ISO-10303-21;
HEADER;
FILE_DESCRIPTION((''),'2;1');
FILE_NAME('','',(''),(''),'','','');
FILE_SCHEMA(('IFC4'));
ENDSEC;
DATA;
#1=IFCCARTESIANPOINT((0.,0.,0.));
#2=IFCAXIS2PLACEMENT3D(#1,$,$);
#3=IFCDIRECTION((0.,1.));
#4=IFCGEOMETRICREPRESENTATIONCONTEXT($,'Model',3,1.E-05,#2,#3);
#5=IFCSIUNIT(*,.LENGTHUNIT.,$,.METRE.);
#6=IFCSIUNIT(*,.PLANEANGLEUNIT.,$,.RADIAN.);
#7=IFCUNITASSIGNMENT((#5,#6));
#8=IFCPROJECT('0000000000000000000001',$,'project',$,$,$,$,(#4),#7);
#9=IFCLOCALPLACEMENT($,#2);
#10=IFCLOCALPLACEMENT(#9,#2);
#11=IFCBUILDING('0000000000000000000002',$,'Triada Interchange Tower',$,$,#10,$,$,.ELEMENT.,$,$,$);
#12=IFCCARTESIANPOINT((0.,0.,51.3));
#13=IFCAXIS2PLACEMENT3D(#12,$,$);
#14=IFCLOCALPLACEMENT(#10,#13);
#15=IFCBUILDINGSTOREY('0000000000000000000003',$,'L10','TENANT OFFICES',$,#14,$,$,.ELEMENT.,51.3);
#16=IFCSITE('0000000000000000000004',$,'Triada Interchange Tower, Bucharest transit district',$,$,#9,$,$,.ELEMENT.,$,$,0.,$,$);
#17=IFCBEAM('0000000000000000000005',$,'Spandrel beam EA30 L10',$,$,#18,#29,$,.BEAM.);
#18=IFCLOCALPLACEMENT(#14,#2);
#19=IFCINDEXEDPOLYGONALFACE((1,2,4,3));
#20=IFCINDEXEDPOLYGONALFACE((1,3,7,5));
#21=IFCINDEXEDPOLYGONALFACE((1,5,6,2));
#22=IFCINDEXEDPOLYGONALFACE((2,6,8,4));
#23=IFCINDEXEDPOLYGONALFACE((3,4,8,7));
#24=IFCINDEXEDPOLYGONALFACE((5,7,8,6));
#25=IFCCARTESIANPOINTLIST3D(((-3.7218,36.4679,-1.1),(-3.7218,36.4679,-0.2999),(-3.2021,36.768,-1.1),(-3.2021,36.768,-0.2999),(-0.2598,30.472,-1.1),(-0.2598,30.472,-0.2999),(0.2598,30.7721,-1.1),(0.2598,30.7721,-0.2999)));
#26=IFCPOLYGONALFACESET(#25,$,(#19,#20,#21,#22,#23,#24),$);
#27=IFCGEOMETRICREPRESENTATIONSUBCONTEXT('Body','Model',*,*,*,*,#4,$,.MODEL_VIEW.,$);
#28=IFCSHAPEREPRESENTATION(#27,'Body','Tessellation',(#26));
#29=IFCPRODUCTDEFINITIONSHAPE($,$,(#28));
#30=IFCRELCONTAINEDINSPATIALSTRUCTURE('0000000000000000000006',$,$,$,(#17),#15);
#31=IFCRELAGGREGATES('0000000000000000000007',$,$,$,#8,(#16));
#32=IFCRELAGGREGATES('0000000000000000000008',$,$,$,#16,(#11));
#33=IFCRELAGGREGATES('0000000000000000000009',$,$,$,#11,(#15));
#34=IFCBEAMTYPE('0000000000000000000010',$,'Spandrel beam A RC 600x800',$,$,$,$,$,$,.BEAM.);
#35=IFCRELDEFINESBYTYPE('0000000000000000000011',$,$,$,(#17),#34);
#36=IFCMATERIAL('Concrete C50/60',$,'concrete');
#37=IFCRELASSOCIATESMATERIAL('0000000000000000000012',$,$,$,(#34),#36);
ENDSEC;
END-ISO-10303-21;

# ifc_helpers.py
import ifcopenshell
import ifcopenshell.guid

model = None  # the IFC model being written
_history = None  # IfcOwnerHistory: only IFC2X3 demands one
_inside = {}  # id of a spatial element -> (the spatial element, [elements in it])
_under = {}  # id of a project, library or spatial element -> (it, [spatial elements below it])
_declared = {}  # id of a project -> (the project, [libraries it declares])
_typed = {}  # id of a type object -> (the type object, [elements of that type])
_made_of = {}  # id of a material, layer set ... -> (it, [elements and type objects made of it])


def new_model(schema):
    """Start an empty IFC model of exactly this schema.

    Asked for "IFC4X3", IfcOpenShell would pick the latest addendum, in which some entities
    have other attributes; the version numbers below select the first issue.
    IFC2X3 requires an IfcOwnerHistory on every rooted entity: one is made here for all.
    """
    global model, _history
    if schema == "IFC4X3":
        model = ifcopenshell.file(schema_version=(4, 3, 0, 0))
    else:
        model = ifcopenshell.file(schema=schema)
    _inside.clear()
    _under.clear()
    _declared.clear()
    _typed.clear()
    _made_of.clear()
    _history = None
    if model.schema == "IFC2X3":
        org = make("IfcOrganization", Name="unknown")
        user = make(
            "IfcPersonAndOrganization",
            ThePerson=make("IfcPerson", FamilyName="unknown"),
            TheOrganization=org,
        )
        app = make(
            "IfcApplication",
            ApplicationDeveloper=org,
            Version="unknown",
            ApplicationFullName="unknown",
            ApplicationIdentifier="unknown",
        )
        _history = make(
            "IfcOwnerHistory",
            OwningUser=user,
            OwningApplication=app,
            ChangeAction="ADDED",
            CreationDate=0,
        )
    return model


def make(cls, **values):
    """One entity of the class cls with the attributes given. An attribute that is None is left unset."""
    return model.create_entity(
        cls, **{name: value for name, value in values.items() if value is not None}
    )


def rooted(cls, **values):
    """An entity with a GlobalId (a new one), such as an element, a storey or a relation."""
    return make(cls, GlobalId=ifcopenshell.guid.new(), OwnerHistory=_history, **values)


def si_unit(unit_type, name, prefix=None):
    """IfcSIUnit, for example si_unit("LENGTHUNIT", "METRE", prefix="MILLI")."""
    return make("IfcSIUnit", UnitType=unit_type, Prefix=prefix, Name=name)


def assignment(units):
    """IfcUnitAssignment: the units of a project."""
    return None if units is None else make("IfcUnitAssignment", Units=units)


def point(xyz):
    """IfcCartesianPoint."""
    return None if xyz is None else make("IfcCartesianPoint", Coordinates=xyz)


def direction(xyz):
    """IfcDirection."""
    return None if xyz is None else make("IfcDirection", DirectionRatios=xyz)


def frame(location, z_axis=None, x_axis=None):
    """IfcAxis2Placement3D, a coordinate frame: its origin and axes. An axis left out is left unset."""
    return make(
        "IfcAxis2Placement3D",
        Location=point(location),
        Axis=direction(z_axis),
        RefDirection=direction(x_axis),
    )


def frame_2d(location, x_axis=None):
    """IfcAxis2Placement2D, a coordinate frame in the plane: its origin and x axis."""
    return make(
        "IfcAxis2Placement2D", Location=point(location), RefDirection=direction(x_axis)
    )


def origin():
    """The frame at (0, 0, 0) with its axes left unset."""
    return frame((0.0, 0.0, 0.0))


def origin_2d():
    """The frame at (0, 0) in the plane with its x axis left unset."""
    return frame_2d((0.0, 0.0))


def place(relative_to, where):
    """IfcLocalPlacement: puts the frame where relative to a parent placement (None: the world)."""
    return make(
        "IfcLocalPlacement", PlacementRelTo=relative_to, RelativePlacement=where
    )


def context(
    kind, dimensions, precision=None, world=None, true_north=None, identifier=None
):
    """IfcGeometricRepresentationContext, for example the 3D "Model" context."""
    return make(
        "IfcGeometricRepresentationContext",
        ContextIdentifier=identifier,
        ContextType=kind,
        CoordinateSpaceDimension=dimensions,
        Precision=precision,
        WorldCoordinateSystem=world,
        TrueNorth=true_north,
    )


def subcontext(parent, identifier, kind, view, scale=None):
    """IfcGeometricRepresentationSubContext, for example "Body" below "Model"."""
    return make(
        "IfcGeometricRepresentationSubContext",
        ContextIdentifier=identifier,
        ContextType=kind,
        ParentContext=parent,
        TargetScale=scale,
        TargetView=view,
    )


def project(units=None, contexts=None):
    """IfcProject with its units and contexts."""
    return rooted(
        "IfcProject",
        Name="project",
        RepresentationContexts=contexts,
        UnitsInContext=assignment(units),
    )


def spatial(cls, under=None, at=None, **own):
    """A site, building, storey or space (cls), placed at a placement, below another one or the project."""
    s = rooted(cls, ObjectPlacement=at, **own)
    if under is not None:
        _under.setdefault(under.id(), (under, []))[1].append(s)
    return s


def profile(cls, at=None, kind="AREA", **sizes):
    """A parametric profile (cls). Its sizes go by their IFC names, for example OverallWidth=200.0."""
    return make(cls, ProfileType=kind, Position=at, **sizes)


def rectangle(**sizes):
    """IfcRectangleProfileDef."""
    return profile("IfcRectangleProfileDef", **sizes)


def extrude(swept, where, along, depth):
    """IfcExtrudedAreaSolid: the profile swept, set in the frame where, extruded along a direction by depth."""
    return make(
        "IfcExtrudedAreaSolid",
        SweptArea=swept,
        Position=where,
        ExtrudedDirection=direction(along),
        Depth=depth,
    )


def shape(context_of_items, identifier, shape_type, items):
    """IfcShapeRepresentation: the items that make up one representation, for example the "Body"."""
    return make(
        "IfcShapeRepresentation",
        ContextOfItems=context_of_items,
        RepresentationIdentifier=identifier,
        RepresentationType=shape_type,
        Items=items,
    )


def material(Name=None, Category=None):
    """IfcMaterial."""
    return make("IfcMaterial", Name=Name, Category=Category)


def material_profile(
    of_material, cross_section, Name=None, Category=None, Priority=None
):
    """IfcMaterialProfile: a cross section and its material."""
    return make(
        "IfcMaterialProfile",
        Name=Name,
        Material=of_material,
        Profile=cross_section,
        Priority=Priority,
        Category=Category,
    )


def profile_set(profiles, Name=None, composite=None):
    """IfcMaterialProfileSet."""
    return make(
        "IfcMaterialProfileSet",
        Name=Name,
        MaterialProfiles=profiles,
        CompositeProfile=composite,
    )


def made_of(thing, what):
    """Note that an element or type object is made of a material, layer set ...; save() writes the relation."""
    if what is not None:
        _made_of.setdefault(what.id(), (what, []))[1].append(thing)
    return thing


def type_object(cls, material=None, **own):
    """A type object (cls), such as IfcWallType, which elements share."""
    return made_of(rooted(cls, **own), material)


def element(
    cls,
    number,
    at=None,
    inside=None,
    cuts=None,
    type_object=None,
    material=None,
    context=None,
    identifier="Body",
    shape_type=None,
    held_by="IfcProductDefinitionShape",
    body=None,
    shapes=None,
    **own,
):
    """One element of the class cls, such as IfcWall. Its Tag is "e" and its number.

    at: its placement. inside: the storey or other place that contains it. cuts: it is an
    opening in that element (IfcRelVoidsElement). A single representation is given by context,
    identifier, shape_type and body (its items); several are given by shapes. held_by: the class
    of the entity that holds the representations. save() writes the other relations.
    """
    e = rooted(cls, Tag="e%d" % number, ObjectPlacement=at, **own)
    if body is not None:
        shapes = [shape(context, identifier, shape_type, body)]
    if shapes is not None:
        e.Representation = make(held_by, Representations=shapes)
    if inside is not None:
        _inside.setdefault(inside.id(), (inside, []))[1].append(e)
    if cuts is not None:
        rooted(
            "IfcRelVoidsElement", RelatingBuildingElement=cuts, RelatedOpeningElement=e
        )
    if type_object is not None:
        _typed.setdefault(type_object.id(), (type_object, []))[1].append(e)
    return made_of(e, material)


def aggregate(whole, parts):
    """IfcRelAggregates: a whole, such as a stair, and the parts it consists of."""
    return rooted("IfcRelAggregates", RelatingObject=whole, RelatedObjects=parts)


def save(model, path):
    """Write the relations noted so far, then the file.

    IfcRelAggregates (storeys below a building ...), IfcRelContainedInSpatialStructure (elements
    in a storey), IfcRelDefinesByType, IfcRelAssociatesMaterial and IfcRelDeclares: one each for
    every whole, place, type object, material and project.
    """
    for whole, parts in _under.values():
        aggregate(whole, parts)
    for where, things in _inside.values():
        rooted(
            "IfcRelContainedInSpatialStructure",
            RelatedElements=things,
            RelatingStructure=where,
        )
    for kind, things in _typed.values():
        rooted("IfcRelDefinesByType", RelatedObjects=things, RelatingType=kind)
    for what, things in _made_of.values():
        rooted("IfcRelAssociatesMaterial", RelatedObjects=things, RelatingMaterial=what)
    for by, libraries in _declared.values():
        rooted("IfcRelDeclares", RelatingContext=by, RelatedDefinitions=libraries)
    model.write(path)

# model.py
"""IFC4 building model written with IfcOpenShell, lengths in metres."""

from ifc_helpers import new_model, si_unit, direction, frame, origin, origin_2d, place, context, subcontext, project, spatial, rectangle, extrude, material, material_profile, profile_set, type_object, element, save


model = new_model("IFC4")

# Units and contexts
model_context = context("Model", 3, precision=1e-05, world=origin(), true_north=direction((0.0, 1.0)))
body_context = subcontext(model_context, "Body", "Model", "MODEL_VIEW")
ifc_project = project(units=[si_unit("LENGTHUNIT", "METRE"), si_unit("PLANEANGLEUNIT", "RADIAN")], contexts=[model_context])

# Site, building, storey
site_placement = place(None, origin())
site = spatial("IfcSite", under=ifc_project, at=site_placement, Name="Triada Interchange Tower, Bucharest transit district", CompositionType="ELEMENT", RefElevation=0.0)
building_placement = place(site_placement, origin())
building = spatial("IfcBuilding", under=site, at=building_placement, Name="Triada Interchange Tower", CompositionType="ELEMENT")
storey_placement = place(building_placement, frame((0.0, 0.0, 51.3)))
storey = spatial("IfcBuildingStorey", under=building, at=storey_placement, Name="L10", Description="TENANT OFFICES", CompositionType="ELEMENT", Elevation=51.3)

# Beam
ifc_material_1 = material(Name="Concrete C50/60", Category="concrete")
ifc_material_profile_1 = material_profile(ifc_material_1, rectangle(XDim=0.6001, YDim=0.8, at=origin_2d()), Name="RC 600x800")
ifc_profile_set_1 = profile_set([ifc_material_profile_1], Name="Concrete C50/60")
beam_type_1 = type_object("IfcBeamType", Name="Spandrel beam A RC 600x800", PredefinedType="BEAM", material=ifc_profile_set_1)
beam_1_placement = place(storey_placement, frame((0.0, 30.6221, -0.7), z_axis=(-0.500023, 0.866012, 0.0), x_axis=(-0.866012, -0.500023, 0.0)))
element("IfcBeam", 1, at=beam_1_placement, inside=storey, type_object=beam_type_1, Name="Spandrel beam EA30 L10", PredefinedType="BEAM", context=body_context, shape_type="SweptSolid", body=[
    extrude(rectangle(XDim=0.6001, YDim=0.8, at=origin_2d()), origin(), (0.0, 0.0, 1.0), 6.9236),
])

save(model, "model.ifc")
